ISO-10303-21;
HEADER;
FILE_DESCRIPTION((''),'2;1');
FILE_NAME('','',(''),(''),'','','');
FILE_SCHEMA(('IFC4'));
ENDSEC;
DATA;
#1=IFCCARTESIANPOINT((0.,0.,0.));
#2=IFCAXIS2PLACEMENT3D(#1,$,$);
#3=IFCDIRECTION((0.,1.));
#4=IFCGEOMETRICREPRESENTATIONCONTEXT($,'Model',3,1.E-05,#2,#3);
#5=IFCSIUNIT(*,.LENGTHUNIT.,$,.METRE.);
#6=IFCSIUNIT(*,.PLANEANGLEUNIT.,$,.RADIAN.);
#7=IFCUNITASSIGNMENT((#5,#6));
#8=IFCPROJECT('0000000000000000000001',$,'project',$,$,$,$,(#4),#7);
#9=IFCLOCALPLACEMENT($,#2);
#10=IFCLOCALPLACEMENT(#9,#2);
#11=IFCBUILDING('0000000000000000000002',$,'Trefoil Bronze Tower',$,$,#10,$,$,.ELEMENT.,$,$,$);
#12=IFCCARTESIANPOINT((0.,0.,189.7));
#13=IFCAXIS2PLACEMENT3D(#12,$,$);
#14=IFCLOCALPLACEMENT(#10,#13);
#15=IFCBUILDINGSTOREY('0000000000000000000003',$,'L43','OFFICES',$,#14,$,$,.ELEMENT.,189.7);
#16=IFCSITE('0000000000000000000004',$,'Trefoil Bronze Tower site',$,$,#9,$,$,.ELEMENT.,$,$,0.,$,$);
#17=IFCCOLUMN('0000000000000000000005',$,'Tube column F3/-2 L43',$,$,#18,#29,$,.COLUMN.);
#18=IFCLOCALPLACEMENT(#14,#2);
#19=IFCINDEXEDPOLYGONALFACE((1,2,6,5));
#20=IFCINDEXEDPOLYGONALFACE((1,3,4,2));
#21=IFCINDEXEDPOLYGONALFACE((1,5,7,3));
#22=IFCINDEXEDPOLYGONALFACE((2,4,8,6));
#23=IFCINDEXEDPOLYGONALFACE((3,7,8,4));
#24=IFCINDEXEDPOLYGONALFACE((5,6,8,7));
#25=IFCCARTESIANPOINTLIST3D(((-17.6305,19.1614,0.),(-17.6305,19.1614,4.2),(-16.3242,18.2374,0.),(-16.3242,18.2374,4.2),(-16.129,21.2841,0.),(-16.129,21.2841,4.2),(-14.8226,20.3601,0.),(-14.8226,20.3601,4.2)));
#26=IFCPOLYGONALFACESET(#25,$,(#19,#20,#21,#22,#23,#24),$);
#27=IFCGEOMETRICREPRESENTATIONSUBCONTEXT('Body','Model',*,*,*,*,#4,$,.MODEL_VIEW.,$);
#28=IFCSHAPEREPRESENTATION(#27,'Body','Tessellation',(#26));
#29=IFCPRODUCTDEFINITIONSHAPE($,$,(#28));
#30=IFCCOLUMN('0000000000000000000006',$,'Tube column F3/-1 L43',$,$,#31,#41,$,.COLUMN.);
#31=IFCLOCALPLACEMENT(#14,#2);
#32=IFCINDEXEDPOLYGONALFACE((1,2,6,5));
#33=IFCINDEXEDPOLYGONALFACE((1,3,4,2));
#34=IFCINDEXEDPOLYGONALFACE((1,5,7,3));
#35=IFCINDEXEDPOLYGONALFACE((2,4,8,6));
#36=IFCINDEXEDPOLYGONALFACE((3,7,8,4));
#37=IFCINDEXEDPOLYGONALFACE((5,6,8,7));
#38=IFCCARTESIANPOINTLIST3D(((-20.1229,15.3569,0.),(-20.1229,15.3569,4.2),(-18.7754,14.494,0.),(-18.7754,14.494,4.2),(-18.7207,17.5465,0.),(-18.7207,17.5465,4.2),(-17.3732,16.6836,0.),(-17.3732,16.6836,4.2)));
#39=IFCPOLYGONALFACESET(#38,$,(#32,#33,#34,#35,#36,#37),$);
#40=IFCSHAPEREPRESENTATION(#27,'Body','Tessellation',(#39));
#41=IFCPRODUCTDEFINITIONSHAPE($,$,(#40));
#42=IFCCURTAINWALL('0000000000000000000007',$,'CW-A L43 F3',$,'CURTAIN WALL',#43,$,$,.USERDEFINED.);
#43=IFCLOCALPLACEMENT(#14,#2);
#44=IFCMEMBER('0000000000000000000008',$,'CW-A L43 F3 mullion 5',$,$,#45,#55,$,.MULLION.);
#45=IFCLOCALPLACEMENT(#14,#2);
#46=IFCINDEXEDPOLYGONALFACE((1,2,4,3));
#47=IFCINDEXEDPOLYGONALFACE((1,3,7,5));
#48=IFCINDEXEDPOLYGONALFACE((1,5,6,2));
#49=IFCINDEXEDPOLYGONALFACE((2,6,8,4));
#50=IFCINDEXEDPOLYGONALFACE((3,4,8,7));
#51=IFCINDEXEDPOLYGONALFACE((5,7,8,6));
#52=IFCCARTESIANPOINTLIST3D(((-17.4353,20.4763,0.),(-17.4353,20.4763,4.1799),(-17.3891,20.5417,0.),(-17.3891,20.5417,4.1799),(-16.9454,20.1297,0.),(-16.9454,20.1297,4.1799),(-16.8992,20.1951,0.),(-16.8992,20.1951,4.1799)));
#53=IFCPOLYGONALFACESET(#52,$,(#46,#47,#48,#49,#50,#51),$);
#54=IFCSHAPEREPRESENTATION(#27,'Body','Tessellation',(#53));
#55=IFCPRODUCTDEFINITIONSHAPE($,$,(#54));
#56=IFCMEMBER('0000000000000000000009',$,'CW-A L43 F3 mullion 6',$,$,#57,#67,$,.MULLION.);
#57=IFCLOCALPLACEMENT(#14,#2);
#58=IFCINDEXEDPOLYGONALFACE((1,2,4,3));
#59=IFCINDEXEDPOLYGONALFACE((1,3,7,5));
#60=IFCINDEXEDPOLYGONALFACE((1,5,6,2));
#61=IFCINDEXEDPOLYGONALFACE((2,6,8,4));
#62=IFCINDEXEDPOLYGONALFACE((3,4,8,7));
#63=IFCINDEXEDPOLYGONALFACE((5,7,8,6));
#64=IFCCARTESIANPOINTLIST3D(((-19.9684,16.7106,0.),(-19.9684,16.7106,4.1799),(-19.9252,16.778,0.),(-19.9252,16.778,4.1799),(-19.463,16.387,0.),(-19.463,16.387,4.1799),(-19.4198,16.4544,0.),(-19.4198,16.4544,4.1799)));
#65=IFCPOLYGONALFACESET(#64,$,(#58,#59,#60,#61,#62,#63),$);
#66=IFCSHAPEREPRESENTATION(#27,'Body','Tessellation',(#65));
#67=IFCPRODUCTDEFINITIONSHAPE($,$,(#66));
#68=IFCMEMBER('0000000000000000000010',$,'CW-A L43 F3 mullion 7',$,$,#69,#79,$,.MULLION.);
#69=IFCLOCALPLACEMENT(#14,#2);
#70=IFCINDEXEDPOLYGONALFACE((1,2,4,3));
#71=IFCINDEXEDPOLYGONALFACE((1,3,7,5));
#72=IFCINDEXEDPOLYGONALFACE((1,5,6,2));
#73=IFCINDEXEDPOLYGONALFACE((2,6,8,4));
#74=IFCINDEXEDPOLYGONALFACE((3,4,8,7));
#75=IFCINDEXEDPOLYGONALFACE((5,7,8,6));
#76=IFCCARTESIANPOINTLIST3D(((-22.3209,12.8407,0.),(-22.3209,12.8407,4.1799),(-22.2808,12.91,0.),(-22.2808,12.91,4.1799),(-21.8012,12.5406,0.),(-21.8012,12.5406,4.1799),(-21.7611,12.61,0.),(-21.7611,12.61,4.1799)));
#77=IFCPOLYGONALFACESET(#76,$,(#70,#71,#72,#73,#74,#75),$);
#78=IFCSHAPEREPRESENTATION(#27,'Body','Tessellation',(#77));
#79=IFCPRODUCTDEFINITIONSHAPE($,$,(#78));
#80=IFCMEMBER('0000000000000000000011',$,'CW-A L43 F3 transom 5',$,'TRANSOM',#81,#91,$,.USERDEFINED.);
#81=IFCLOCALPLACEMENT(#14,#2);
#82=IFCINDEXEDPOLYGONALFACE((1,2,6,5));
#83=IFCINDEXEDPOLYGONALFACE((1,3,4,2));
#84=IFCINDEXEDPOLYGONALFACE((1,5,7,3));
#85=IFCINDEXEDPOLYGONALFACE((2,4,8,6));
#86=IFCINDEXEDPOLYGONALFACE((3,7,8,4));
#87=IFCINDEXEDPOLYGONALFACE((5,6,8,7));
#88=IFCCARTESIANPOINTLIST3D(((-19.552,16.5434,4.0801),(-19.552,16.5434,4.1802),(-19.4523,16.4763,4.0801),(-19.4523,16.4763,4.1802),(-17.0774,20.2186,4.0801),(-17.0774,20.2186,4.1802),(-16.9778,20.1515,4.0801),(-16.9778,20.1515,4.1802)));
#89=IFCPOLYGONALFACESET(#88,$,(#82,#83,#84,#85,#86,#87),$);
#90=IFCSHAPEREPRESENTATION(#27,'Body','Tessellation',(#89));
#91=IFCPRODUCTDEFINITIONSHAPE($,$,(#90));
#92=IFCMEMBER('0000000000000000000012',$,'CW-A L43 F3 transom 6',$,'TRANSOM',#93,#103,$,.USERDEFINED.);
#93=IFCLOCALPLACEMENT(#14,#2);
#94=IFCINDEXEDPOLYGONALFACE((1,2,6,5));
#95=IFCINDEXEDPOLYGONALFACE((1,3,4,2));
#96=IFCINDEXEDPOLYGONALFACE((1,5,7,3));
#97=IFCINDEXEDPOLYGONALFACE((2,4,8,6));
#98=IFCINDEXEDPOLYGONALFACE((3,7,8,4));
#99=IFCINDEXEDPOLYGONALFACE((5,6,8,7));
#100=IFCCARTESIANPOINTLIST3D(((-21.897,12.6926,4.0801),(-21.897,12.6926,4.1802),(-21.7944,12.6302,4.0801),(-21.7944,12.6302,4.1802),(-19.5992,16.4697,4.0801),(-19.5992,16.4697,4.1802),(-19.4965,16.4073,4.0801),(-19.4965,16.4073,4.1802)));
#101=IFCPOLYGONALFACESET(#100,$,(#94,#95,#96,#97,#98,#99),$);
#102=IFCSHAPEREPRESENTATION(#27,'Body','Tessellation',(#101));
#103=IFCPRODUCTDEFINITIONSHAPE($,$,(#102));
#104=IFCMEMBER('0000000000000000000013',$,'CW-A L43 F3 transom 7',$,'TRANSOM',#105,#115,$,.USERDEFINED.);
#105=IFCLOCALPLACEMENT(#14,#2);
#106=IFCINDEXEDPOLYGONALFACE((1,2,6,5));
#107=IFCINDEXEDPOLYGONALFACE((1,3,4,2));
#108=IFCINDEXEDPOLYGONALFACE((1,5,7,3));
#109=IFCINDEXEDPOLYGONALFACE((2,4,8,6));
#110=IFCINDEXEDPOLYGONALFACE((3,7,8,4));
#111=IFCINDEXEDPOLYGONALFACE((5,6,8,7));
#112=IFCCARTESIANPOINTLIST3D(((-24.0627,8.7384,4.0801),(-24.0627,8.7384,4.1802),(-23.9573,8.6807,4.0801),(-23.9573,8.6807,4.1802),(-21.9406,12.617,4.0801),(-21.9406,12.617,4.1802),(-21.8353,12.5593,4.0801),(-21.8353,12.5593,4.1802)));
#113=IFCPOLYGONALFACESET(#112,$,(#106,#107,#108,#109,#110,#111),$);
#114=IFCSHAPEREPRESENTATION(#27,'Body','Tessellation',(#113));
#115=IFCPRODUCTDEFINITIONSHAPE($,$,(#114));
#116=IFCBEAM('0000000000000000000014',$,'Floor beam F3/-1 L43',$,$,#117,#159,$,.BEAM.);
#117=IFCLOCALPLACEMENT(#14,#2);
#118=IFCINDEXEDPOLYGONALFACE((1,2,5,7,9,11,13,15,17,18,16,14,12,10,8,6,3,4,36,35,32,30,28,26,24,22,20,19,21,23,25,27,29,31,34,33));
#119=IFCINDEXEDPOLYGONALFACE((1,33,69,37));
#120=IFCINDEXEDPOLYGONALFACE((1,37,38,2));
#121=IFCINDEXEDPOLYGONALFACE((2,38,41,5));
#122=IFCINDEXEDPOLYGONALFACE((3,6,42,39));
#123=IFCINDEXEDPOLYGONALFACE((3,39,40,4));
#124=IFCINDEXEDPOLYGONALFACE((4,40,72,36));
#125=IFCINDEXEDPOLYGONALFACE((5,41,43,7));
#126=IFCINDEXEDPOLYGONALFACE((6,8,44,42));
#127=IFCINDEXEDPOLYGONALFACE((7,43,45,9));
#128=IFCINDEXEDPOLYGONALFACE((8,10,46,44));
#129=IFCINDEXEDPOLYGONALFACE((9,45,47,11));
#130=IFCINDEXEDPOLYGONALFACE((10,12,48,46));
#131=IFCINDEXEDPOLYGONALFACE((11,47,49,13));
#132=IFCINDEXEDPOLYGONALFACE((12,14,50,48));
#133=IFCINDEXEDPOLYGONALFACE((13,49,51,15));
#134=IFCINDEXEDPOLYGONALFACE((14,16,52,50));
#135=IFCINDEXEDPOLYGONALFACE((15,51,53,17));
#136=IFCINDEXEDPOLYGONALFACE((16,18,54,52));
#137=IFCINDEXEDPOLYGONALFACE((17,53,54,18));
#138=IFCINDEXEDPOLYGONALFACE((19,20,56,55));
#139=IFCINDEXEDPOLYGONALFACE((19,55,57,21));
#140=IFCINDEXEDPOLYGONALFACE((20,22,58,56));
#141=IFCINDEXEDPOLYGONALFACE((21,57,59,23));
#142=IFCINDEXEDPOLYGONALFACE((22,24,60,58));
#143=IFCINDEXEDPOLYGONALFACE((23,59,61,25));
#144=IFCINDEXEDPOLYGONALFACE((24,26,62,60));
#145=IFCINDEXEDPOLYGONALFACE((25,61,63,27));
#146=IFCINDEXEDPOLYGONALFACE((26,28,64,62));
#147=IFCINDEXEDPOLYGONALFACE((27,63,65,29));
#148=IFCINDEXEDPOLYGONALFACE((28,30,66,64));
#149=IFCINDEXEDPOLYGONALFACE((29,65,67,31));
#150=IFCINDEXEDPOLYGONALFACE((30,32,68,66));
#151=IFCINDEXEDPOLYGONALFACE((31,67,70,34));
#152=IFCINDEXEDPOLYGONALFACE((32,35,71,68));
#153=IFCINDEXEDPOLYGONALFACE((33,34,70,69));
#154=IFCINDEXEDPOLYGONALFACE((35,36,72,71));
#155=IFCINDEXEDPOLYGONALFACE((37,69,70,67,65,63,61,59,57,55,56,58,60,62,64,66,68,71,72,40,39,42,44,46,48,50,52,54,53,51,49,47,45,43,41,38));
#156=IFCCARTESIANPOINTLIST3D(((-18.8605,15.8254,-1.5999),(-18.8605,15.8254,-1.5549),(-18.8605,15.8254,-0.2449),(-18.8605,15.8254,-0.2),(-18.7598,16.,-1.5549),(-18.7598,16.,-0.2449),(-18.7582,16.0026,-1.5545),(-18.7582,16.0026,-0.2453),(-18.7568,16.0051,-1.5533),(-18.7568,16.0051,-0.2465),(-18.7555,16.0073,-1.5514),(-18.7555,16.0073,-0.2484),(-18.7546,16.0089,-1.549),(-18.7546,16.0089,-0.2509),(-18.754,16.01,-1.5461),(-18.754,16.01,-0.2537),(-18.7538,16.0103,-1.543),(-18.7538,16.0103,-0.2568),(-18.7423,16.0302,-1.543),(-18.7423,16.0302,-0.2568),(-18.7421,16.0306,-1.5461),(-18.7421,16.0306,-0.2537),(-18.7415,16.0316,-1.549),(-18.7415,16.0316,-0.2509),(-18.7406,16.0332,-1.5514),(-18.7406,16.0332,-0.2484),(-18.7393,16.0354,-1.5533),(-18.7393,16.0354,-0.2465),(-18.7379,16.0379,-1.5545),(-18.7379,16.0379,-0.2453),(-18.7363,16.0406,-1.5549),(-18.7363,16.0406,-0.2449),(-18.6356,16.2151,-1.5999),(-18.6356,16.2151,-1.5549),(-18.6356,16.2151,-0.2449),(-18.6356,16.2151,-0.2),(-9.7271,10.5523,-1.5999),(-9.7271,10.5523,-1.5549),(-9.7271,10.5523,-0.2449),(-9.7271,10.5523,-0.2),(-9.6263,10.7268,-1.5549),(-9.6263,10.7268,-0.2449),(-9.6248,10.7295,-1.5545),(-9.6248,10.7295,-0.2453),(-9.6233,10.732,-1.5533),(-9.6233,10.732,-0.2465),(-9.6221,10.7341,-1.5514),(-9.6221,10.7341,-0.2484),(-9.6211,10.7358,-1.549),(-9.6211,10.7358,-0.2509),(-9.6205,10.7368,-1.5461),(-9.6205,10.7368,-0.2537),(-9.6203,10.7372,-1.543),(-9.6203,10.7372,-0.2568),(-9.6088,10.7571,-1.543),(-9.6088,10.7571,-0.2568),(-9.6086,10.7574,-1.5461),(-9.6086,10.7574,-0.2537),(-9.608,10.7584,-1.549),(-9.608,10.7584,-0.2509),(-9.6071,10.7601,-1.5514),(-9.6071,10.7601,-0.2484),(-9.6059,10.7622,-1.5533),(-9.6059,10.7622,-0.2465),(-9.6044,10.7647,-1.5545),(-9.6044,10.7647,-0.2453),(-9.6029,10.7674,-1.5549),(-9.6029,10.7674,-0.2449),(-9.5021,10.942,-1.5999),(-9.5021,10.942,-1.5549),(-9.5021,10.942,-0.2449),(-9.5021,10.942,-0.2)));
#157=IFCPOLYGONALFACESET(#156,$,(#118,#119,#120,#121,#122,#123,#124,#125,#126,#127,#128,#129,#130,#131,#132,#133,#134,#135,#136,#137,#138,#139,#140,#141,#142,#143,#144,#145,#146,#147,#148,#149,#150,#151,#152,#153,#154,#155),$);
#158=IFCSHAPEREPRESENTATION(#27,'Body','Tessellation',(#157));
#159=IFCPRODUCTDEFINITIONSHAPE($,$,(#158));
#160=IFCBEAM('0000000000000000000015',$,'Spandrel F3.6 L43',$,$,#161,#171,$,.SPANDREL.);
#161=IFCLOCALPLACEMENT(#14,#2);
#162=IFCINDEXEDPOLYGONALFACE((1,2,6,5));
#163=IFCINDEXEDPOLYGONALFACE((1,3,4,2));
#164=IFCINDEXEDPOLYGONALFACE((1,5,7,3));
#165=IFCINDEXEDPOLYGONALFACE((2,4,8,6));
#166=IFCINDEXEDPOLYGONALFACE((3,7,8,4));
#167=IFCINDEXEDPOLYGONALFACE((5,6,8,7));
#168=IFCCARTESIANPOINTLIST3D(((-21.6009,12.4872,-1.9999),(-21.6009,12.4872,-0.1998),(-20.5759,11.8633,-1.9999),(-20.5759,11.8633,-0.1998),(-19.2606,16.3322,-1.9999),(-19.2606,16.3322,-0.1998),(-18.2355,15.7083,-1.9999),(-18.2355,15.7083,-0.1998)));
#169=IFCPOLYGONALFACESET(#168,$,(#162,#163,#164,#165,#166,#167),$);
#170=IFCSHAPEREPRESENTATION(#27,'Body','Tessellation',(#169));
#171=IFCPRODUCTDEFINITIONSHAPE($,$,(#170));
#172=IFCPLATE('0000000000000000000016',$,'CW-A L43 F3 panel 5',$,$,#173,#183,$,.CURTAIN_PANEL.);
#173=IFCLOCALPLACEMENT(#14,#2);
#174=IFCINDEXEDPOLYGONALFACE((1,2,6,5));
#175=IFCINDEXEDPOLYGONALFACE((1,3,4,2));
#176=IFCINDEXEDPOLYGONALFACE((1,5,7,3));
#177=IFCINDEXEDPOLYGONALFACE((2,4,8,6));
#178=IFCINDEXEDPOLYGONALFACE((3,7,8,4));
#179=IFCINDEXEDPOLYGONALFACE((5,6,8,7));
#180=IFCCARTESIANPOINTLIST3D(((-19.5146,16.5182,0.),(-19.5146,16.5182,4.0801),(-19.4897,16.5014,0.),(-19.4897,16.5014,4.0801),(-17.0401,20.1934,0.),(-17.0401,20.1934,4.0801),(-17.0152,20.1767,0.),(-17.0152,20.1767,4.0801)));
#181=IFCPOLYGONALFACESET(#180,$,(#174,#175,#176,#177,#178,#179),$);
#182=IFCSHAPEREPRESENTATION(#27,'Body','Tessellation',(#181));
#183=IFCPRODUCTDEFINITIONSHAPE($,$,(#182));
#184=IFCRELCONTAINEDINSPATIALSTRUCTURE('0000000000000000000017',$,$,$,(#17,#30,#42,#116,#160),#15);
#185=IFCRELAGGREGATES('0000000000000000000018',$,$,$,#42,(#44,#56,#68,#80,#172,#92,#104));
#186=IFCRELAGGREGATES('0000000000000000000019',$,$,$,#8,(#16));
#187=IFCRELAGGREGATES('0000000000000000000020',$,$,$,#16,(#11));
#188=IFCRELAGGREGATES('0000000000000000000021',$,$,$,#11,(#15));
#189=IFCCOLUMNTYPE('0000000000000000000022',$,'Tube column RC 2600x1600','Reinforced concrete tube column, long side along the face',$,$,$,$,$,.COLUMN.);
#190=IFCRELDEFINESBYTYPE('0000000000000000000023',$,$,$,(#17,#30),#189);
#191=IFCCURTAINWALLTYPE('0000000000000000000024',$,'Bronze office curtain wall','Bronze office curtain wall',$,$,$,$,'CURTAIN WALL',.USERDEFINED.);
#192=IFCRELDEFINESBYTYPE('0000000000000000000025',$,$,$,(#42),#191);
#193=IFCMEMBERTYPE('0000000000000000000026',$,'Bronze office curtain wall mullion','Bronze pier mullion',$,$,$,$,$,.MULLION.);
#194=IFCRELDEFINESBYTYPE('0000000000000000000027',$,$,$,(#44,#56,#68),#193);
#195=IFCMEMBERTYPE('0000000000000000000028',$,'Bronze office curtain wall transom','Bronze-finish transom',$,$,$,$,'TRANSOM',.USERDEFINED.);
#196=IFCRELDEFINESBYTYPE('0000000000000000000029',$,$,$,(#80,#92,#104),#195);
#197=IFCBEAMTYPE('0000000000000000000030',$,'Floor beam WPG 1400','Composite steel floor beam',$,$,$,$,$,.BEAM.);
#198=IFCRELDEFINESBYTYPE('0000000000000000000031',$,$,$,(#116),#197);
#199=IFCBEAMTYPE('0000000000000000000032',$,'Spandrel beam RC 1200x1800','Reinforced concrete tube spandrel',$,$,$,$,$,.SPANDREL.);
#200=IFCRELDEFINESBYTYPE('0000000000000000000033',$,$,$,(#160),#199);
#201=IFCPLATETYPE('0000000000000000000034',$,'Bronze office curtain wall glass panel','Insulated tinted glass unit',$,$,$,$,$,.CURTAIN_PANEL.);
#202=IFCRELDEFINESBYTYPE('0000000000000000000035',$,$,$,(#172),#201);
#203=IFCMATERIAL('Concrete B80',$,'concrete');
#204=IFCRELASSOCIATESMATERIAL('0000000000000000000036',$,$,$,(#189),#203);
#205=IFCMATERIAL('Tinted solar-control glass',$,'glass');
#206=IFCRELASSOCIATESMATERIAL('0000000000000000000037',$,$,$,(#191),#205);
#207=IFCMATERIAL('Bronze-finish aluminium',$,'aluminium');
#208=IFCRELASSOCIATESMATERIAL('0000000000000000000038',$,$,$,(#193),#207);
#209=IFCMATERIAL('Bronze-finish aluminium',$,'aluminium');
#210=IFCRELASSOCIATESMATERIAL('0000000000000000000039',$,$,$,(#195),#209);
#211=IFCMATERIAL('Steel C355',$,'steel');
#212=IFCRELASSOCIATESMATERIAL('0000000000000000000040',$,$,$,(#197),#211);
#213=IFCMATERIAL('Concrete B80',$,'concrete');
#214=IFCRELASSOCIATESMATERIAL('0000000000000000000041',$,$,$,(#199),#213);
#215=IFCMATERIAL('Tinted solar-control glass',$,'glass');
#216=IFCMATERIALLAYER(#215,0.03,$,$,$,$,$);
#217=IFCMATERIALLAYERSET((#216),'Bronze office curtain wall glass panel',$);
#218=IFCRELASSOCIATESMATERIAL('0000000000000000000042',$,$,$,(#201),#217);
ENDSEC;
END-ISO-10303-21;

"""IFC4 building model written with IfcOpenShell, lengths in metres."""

from ifc_helpers import new_model, si_unit, direction, frame, origin, origin_2d, place, context, subcontext, project, spatial, rectangle, i_section, extrude, material, layer, layer_set, material_profile, profile_set, type_object, element, aggregate, save


model = new_model("IFC4")

# Units and contexts
model_context = context("Model", 3, precision=1e-05, world=origin(), true_north=direction((0.0, 1.0)))
body_context = subcontext(model_context, "Body", "Model", "MODEL_VIEW")
ifc_project = project(units=[si_unit("LENGTHUNIT", "METRE"), si_unit("PLANEANGLEUNIT", "RADIAN")], contexts=[model_context])

# Site, building, storey
site_placement = place(None, origin())
site = spatial("IfcSite", under=ifc_project, at=site_placement, Name="Trefoil Bronze Tower site", CompositionType="ELEMENT", RefElevation=0.0)
building_placement = place(site_placement, origin())
building = spatial("IfcBuilding", under=site, at=building_placement, Name="Trefoil Bronze Tower", CompositionType="ELEMENT")
storey_placement = place(building_placement, frame((0.0, 0.0, 189.7)))
storey = spatial("IfcBuildingStorey", under=building, at=storey_placement, Name="L43", Description="OFFICES", CompositionType="ELEMENT", Elevation=189.7)

# Columns
ifc_material_1 = material(Name="Concrete B80", Category="concrete")
ifc_material_profile_1 = material_profile(ifc_material_1, rectangle(XDim=2.6001, YDim=1.6001, at=origin_2d()), Name="RC 2600x1600")
ifc_profile_set_1 = profile_set([ifc_material_profile_1], Name="Concrete B80")
column_type = type_object("IfcColumnType", Name="Tube column RC 2600x1600", Description="Reinforced concrete tube column, long side along the face", PredefinedType="COLUMN", material=ifc_profile_set_1)
for number, where, z_axis, x_axis, name in (
    (1, (-16.2266, 19.7607, 0.0), (0.0, 0.0, 1.0), (-0.577481, -0.816404, 0.0), "Tube column F3/-2 L43"),
    (2, (-18.748, 16.0203, 0.0), (0.0, 0.0, 1.0), (-0.53927, -0.842133, 0.0), "Tube column F3/-1 L43"),
):
    element("IfcColumn", number, at=place(storey_placement, frame(where, z_axis=z_axis, x_axis=x_axis)), inside=storey, type_object=column_type, Name=name, PredefinedType="COLUMN", context=body_context, shape_type="SweptSolid", body=[
        extrude(rectangle(XDim=2.6001, YDim=1.6001, at=origin_2d()), origin(), (0.0, 0.0, 1.0), 4.2),
    ])

# Curtain wall, members
ifc_material_2 = material(Name="Tinted solar-control glass", Category="glass")
curtain_wall_type = type_object("IfcCurtainWallType", Name="Bronze office curtain wall", Description="Bronze office curtain wall", ElementType="CURTAIN WALL", PredefinedType="USERDEFINED", material=ifc_material_2)
curtain_wall_placement = place(storey_placement, origin())
curtain_wall = element("IfcCurtainWall", 3, at=curtain_wall_placement, inside=storey, type_object=curtain_wall_type, Name="CW-A L43 F3", ObjectType="CURTAIN WALL", PredefinedType="USERDEFINED")
ifc_material_3 = material(Name="Bronze-finish aluminium", Category="aluminium")
ifc_material_profile_2 = material_profile(ifc_material_3, rectangle(XDim=0.6001, YDim=0.0801, at=origin_2d()), Name="CW-A mullion")
ifc_profile_set_2 = profile_set([ifc_material_profile_2], Name="Bronze-finish aluminium")
member_type_1 = type_object("IfcMemberType", Name="Bronze office curtain wall mullion", Description="Bronze pier mullion", PredefinedType="MULLION", material=ifc_profile_set_2)
member_1_placement = place(storey_placement, frame((-17.1672, 20.3357, 0.0), z_axis=(0.0, 0.0, 1.0), x_axis=(0.816404, -0.577481, 0.0)))
member_1 = element("IfcMember", 4, at=member_1_placement, type_object=member_type_1, Name="CW-A L43 F3 mullion 5", PredefinedType="MULLION", context=body_context, shape_type="SweptSolid", body=[
    extrude(rectangle(XDim=0.6001, YDim=0.0801, at=origin_2d()), origin(), (0.0, 0.0, 1.0), 4.1799),
])
member_2_placement = place(storey_placement, frame((-19.6941, 16.5825, 0.0), z_axis=(0.0, 0.0, 1.0), x_axis=(0.842133, -0.53927, 0.0)))
member_2 = element("IfcMember", 5, at=member_2_placement, type_object=member_type_1, Name="CW-A L43 F3 mullion 6", PredefinedType="MULLION", context=body_context, shape_type="SweptSolid", body=[
    extrude(rectangle(XDim=0.6001, YDim=0.0801, at=origin_2d()), origin(), (0.0, 0.0, 1.0), 4.1799),
])
member_3_placement = place(storey_placement, frame((-22.041, 12.7253, 0.0), z_axis=(0.0, 0.0, 1.0), x_axis=(0.866025, -0.5, 0.0)))
member_3 = element("IfcMember", 6, at=member_3_placement, type_object=member_type_1, Name="CW-A L43 F3 mullion 7", PredefinedType="MULLION", context=body_context, shape_type="SweptSolid", body=[
    extrude(rectangle(XDim=0.6001, YDim=0.0801, at=origin_2d()), origin(), (0.0, 0.0, 1.0), 4.1799),
])
ifc_material_4 = material(Name="Bronze-finish aluminium", Category="aluminium")
ifc_material_profile_3 = material_profile(ifc_material_4, rectangle(XDim=0.1201, YDim=0.1001, at=origin_2d()), Name="CW-A transom")
ifc_profile_set_3 = profile_set([ifc_material_profile_3], Name="Bronze-finish aluminium")
member_type_2 = type_object("IfcMemberType", Name="Bronze office curtain wall transom", Description="Bronze-finish transom", ElementType="TRANSOM", PredefinedType="USERDEFINED", material=ifc_profile_set_3)
member_4_placement = place(storey_placement, frame((-17.0276, 20.1851, 4.1301), z_axis=(-0.558509, -0.829498, 0.0), x_axis=(0.829498, -0.558509, 0.0)))
member_4 = element("IfcMember", 7, at=member_4_placement, type_object=member_type_2, Name="CW-A L43 F3 transom 5", ObjectType="TRANSOM", PredefinedType="USERDEFINED", context=body_context, shape_type="SweptSolid", body=[
    extrude(rectangle(XDim=0.1201, YDim=0.1001, at=origin_2d()), origin(), (0.0, 0.0, 1.0), 4.4307),
])
member_5_placement = place(storey_placement, frame((-19.5479, 16.4385, 4.1301), z_axis=(-0.51974, -0.854324, 0.0), x_axis=(0.854324, -0.51974, 0.0)))
member_5 = element("IfcMember", 8, at=member_5_placement, type_object=member_type_2, Name="CW-A L43 F3 transom 6", ObjectType="TRANSOM", PredefinedType="USERDEFINED", context=body_context, shape_type="SweptSolid", body=[
    extrude(rectangle(XDim=0.1201, YDim=0.1001, at=origin_2d()), origin(), (0.0, 0.0, 1.0), 4.4211),
])
member_6_placement = place(storey_placement, frame((-21.8879, 12.5881, 4.1301), z_axis=(-0.479974, -0.877283, 0.0), x_axis=(0.877283, -0.479974, 0.0)))
member_6 = element("IfcMember", 9, at=member_6_placement, type_object=member_type_2, Name="CW-A L43 F3 transom 7", ObjectType="TRANSOM", PredefinedType="USERDEFINED", context=body_context, shape_type="SweptSolid", body=[
    extrude(rectangle(XDim=0.1201, YDim=0.1001, at=origin_2d()), origin(), (0.0, 0.0, 1.0), 4.4211),
])

# Beams
ifc_material_5 = material(Name="Steel C355", Category="steel")
ifc_material_profile_4 = material_profile(ifc_material_5, i_section(OverallWidth=0.45, OverallDepth=1.3999, WebThickness=0.0229, FlangeThickness=0.0449, FilletRadius=0.012, at=origin_2d()), Name="WPG 1400")
ifc_profile_set_4 = profile_set([ifc_material_profile_4], Name="Steel C355")
beam_type_1 = type_object("IfcBeamType", Name="Floor beam WPG 1400", Description="Composite steel floor beam", PredefinedType="BEAM", material=ifc_profile_set_4)
beam_1_placement = place(storey_placement, frame((-18.748, 16.0203, -0.8999), z_axis=(0.866028, -0.499996, 0.0), x_axis=(0.499996, 0.866028, 0.0)))
element("IfcBeam", 10, at=beam_1_placement, inside=storey, type_object=beam_type_1, Name="Floor beam F3/-1 L43", PredefinedType="BEAM", context=body_context, shape_type="SweptSolid", body=[
    extrude(i_section(OverallWidth=0.45, OverallDepth=1.3999, WebThickness=0.0229, FlangeThickness=0.0449, FilletRadius=0.012, at=origin_2d()), origin(), (0.0, 0.0, 1.0), 10.5464),
])
ifc_material_6 = material(Name="Concrete B80", Category="concrete")
ifc_material_profile_5 = material_profile(ifc_material_6, rectangle(XDim=1.2, YDim=1.8, at=origin_2d()), Name="RC 1200x1800")
ifc_profile_set_5 = profile_set([ifc_material_profile_5], Name="Concrete B80")
beam_type_2 = type_object("IfcBeamType", Name="Spandrel beam RC 1200x1800", Description="Reinforced concrete tube spandrel", PredefinedType="SPANDREL", material=ifc_profile_set_5)
beam_2_placement = place(storey_placement, frame((-18.748, 16.0203, -1.0999), z_axis=(-0.519933, -0.854207, 0.0), x_axis=(0.854207, -0.519933, 0.0)))
element("IfcBeam", 11, at=beam_2_placement, inside=storey, type_object=beam_type_2, Name="Spandrel F3.6 L43", PredefinedType="SPANDREL", context=body_context, shape_type="SweptSolid", body=[
    extrude(rectangle(XDim=1.2, YDim=1.8, at=origin_2d()), origin(), (0.0, 0.0, 1.0), 4.5012),
])

# Plate
ifc_material_7 = material(Name="Tinted solar-control glass", Category="glass")
ifc_layer_1 = layer(ifc_material_7, 0.03)
ifc_layer_set_1 = layer_set([ifc_layer_1], Name="Bronze office curtain wall glass panel")
plate_type = type_object("IfcPlateType", Name="Bronze office curtain wall glass panel", Description="Insulated tinted glass unit", PredefinedType="CURTAIN_PANEL", material=ifc_layer_set_1)
plate_1_placement = place(storey_placement, frame((-18.2649, 18.3474, 0.0), z_axis=(0.0, 0.0, 1.0), x_axis=(-0.558493, -0.829509, 0.0)))
plate_1 = element("IfcPlate", 12, at=plate_1_placement, type_object=plate_type, Name="CW-A L43 F3 panel 5", PredefinedType="CURTAIN_PANEL", context=body_context, shape_type="SweptSolid", body=[
    extrude(rectangle(XDim=4.4307, YDim=0.03, at=origin_2d()), origin(), (0.0, 0.0, 1.0), 4.0801),
])
aggregate(curtain_wall, [member_1, member_2, member_3, member_4, plate_1, member_5, member_6])

save(model, "model.ifc")
